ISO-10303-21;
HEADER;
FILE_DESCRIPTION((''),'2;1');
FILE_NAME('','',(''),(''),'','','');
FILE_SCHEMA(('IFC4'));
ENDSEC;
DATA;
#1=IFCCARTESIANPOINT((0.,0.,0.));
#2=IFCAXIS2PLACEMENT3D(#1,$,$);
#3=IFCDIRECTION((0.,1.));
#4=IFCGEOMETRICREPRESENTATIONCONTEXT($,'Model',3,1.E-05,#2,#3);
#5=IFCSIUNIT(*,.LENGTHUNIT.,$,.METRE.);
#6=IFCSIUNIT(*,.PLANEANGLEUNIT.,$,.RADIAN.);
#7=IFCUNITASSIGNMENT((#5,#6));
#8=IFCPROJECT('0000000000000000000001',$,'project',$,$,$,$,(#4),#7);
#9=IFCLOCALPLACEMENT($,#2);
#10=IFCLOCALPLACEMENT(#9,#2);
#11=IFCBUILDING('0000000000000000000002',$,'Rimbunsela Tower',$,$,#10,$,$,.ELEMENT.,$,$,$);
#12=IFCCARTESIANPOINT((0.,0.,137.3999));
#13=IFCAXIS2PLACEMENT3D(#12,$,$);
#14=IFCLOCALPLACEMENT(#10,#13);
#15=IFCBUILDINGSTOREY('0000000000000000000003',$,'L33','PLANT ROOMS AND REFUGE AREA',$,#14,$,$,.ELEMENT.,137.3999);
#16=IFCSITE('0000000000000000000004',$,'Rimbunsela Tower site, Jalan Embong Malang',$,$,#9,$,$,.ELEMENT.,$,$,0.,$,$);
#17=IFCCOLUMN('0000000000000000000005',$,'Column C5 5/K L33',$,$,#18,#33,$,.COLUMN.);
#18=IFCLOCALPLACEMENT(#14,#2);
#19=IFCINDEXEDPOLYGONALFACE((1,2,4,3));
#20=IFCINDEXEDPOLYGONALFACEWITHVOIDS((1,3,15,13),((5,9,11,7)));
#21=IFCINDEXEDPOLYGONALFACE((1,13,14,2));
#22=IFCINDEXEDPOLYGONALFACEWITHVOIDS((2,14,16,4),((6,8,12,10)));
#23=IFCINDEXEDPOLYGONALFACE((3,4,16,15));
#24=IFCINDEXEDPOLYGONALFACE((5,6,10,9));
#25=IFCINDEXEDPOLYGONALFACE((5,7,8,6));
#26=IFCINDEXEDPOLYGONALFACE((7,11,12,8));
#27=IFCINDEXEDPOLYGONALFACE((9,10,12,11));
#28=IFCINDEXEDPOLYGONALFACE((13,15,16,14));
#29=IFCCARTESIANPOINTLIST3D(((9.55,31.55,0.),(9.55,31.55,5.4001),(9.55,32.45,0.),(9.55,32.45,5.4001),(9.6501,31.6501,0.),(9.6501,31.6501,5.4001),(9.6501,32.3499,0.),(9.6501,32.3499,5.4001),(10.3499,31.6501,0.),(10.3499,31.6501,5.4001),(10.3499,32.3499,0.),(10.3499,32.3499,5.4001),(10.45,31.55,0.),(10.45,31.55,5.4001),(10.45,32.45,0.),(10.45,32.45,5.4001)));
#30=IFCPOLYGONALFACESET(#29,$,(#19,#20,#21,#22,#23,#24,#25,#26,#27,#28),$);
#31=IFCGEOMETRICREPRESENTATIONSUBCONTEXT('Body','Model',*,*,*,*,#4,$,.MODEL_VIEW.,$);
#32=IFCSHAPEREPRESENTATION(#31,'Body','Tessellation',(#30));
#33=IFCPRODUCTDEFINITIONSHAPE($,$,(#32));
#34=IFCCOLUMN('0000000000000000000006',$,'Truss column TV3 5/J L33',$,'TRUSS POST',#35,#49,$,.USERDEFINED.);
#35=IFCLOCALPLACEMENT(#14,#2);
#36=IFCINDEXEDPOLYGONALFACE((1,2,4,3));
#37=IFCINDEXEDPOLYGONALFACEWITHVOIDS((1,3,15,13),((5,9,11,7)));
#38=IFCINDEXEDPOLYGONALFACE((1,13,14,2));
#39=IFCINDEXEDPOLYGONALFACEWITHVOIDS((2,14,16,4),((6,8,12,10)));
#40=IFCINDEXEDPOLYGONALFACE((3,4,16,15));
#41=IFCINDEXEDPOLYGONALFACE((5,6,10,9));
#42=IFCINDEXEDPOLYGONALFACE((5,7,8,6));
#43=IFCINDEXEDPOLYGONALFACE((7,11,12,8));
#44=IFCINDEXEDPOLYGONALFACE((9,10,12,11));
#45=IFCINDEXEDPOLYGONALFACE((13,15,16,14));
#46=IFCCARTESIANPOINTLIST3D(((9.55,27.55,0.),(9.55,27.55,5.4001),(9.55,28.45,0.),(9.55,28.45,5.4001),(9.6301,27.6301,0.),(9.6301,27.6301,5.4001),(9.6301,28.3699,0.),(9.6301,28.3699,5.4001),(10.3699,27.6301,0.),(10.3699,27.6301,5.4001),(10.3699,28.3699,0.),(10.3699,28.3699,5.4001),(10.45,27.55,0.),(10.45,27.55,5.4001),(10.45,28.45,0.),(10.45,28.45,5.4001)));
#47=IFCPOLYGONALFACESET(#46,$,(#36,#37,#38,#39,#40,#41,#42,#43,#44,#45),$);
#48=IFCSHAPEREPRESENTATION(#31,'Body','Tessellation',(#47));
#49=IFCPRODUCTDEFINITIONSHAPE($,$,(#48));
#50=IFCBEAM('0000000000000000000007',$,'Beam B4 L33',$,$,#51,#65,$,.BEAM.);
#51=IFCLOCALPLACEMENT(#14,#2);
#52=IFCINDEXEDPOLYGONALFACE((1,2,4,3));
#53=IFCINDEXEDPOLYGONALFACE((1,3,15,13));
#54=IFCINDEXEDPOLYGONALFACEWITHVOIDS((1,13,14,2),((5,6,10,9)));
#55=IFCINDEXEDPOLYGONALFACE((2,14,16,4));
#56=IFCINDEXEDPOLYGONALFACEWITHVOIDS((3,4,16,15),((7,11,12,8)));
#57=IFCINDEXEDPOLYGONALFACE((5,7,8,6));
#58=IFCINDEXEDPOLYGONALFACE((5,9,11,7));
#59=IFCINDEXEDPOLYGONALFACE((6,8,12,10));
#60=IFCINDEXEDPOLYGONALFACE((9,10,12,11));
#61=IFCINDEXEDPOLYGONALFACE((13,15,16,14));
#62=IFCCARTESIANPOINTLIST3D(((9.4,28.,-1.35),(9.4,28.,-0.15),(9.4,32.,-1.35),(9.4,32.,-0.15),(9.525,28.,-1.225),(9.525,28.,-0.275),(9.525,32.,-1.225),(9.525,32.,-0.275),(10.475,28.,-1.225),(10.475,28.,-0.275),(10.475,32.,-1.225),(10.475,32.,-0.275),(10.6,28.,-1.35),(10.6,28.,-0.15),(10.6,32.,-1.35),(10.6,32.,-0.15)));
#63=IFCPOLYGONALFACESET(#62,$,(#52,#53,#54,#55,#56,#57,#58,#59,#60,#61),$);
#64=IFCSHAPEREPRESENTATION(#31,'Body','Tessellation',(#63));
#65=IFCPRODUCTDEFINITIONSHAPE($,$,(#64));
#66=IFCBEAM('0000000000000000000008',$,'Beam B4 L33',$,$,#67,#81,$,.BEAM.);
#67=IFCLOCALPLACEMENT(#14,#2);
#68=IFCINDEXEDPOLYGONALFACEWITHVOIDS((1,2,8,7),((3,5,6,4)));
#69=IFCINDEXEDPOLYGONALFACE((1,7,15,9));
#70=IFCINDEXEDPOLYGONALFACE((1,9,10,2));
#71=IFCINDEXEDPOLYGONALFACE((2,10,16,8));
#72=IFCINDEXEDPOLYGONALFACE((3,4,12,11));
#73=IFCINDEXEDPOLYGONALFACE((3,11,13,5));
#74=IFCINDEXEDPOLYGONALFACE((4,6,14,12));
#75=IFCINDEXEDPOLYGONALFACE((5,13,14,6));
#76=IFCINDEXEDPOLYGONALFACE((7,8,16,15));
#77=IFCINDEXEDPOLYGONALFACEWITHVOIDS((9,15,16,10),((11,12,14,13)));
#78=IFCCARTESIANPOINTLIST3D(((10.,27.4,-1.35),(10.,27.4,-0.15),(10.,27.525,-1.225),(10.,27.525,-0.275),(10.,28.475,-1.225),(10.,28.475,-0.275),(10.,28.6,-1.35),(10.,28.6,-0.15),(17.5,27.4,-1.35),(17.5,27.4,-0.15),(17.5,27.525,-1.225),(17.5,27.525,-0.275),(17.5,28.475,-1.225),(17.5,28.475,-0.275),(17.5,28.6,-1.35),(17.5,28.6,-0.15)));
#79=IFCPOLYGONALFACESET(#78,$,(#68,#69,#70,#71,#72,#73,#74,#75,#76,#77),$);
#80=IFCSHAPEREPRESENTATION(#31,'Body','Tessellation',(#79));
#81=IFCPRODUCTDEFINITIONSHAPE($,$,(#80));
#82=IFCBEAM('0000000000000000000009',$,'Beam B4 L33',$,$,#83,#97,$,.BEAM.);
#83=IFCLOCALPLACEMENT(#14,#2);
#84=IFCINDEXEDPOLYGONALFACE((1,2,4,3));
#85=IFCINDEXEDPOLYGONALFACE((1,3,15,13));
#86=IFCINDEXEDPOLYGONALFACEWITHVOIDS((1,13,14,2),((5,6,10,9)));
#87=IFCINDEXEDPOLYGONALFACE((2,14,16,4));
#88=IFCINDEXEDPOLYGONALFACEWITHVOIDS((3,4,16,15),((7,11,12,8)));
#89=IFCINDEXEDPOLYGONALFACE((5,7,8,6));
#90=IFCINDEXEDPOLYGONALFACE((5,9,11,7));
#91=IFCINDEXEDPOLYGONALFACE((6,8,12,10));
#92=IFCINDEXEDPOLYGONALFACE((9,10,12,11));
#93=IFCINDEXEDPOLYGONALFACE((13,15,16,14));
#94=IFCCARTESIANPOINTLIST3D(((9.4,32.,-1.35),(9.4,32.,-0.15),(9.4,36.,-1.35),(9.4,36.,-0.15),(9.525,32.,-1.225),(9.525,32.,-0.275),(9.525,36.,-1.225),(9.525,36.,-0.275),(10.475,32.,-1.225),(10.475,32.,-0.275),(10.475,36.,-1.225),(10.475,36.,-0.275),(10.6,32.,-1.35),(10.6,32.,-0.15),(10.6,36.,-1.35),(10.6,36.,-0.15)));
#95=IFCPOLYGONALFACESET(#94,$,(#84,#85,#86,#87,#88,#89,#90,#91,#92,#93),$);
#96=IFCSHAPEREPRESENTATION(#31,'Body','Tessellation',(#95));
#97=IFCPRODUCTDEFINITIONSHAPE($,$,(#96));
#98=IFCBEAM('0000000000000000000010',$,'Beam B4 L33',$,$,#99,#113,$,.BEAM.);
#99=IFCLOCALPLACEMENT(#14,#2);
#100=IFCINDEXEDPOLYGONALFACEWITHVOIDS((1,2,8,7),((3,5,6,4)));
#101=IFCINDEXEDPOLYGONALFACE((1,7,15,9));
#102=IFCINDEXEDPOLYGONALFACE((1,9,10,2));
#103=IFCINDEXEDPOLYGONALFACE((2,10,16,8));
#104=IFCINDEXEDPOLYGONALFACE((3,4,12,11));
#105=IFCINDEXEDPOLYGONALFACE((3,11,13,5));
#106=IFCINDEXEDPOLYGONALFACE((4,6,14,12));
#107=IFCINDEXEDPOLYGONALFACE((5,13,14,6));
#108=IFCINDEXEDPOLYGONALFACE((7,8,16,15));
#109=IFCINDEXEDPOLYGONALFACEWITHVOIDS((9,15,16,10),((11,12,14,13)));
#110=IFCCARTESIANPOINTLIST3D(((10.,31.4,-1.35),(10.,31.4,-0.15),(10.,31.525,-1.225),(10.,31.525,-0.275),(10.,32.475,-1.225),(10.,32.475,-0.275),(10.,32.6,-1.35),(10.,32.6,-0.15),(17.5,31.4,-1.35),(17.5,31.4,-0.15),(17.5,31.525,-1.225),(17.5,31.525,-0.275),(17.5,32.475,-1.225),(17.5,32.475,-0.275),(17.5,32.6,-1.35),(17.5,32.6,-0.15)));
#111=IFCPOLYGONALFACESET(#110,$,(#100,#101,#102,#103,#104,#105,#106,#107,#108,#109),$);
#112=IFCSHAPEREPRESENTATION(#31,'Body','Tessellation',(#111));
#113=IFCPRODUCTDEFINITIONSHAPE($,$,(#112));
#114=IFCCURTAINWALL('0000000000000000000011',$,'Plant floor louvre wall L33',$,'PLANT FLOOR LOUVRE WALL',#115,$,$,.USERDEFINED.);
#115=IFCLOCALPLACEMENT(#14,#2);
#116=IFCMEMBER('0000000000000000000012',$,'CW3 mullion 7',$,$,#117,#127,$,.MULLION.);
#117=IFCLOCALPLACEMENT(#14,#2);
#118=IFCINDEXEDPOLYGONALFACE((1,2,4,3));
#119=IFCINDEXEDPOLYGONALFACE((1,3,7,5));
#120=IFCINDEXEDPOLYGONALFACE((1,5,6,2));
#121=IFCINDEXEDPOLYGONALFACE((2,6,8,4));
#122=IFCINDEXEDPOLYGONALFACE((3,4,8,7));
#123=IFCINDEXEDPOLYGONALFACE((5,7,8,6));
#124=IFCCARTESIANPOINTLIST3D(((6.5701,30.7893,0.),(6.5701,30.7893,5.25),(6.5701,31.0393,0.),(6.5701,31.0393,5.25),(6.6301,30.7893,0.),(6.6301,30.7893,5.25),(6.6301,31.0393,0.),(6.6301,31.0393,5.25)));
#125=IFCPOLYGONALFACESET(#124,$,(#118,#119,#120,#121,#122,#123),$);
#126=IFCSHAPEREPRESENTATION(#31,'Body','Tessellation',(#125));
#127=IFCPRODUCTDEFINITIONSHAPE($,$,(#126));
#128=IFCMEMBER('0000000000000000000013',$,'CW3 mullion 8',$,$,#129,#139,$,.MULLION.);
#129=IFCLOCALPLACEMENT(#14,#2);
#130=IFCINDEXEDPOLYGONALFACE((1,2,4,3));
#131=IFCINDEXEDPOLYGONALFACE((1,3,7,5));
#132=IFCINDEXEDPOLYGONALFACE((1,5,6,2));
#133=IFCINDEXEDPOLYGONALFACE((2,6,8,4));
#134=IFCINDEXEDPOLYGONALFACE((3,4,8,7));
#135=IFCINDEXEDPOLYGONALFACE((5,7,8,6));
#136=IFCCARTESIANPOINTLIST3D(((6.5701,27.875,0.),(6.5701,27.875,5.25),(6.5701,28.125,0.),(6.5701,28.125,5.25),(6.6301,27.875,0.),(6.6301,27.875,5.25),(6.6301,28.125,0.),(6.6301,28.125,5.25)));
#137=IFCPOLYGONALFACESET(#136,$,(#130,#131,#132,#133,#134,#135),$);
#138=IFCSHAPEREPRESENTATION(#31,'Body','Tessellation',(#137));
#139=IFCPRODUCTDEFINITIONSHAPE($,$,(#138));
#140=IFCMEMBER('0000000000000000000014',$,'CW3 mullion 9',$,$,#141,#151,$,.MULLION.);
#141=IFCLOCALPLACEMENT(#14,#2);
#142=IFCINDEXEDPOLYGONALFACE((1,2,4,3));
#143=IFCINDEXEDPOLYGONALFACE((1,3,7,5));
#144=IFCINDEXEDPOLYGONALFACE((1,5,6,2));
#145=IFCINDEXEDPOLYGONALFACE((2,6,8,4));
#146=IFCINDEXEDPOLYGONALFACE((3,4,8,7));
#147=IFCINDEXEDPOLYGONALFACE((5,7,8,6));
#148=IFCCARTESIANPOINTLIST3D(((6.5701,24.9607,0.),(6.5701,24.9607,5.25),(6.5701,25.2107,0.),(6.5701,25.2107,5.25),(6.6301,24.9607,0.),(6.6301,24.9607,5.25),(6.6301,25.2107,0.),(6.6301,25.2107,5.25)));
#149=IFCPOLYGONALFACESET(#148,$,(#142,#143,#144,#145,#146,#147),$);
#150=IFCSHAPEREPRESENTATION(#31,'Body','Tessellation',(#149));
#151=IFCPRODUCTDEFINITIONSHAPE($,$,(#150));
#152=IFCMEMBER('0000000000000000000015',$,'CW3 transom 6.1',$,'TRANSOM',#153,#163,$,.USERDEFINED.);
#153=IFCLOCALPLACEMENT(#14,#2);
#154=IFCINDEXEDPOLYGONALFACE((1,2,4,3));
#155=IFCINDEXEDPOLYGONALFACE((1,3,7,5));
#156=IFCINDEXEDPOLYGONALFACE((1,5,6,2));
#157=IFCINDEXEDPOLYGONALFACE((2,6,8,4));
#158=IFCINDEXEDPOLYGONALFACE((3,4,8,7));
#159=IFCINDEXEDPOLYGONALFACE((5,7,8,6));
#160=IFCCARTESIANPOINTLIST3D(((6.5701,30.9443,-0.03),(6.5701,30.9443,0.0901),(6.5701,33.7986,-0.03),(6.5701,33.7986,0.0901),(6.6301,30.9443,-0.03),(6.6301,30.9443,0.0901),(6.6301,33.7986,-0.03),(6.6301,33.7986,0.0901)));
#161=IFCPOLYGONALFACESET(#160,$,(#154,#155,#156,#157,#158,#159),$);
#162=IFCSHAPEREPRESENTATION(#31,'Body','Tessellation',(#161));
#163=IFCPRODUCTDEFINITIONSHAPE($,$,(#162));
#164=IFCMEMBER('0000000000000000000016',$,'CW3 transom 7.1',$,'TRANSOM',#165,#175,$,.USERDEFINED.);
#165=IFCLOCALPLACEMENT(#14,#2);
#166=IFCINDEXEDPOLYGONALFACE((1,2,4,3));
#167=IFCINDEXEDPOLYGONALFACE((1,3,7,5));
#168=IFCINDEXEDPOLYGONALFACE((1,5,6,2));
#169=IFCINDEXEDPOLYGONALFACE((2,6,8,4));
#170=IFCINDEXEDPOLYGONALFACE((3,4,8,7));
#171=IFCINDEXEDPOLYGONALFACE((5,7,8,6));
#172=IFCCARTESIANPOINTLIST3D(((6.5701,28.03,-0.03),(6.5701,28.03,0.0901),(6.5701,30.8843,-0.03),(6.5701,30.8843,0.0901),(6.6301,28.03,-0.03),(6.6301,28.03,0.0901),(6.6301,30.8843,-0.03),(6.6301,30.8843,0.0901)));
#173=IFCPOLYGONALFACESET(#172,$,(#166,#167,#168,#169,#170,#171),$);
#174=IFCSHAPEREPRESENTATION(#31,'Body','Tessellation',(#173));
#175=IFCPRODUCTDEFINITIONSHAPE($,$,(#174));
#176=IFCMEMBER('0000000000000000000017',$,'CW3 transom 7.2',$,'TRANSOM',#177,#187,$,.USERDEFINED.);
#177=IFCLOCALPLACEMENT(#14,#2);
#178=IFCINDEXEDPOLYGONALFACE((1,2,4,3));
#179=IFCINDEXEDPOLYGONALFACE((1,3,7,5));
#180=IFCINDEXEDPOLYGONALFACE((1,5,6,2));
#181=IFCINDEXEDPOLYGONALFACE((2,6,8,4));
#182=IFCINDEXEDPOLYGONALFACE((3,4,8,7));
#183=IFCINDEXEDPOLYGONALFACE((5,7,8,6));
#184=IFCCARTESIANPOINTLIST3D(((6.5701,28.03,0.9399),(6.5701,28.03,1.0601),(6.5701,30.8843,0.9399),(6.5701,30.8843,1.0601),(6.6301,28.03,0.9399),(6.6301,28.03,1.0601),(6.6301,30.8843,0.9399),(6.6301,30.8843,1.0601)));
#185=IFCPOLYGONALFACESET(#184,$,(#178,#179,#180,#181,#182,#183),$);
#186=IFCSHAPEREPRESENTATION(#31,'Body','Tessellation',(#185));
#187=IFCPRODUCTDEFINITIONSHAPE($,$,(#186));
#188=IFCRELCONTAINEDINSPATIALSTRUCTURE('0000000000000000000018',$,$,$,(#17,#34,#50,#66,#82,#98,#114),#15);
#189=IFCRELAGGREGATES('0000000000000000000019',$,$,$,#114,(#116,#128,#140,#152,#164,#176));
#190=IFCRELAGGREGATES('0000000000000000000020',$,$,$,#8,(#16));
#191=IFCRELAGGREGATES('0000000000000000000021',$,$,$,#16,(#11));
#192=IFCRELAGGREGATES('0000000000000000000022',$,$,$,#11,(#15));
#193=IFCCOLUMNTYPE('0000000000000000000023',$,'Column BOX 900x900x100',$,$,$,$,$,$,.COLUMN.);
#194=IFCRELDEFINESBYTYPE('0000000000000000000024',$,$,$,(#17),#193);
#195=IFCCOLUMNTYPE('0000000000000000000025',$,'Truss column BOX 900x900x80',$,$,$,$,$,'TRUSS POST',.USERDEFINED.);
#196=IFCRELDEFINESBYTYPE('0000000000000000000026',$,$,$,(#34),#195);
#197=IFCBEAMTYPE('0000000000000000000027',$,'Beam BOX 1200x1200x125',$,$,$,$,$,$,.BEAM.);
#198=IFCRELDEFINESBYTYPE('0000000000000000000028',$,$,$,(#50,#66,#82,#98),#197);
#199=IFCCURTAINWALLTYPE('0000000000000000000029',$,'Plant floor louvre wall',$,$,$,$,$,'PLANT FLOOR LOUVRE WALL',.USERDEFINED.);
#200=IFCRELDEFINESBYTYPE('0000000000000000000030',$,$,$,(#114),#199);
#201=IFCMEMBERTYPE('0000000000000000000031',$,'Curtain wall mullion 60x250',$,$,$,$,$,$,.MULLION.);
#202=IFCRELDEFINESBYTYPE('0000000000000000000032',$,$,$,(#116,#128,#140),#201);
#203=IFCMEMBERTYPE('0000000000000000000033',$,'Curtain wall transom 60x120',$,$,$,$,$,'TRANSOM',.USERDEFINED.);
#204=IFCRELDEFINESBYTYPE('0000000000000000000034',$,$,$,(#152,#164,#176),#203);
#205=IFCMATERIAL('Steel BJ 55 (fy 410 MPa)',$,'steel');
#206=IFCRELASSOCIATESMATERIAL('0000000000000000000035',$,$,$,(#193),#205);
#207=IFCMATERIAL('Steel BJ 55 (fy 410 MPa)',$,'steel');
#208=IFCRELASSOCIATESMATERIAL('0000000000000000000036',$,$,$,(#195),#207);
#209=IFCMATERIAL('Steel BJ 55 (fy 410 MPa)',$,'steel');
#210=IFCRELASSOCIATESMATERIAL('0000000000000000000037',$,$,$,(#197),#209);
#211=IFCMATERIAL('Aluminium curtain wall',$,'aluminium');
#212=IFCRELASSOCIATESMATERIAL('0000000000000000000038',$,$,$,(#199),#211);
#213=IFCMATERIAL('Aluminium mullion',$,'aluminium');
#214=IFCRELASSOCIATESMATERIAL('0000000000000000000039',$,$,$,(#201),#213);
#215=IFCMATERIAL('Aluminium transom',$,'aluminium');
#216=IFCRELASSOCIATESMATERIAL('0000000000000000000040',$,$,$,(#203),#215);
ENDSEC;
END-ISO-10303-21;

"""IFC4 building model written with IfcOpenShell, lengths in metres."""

from ifc_helpers import new_model, si_unit, direction, frame, origin, origin_2d, place, context, subcontext, project, spatial, rectangle, hollow_rectangle, extrude, material, material_profile, profile_set, type_object, element, aggregate, save


model = new_model("IFC4")

# Units and contexts
model_context = context("Model", 3, precision=1e-05, world=origin(), true_north=direction((0.0, 1.0)))
body_context = subcontext(model_context, "Body", "Model", "MODEL_VIEW")
ifc_project = project(units=[si_unit("LENGTHUNIT", "METRE"), si_unit("PLANEANGLEUNIT", "RADIAN")], contexts=[model_context])

# Site, building, storey
site_placement = place(None, origin())
site = spatial("IfcSite", under=ifc_project, at=site_placement, Name="Rimbunsela Tower site, Jalan Embong Malang", CompositionType="ELEMENT", RefElevation=0.0)
building_placement = place(site_placement, origin())
building = spatial("IfcBuilding", under=site, at=building_placement, Name="Rimbunsela Tower", CompositionType="ELEMENT")
storey_placement = place(building_placement, frame((0.0, 0.0, 137.3999)))
storey = spatial("IfcBuildingStorey", under=building, at=storey_placement, Name="L33", Description="PLANT ROOMS AND REFUGE AREA", CompositionType="ELEMENT", Elevation=137.3999)

# Columns
ifc_material_1 = material(Name="Steel BJ 55 (fy 410 MPa)", Category="steel")
ifc_material_profile_1 = material_profile(ifc_material_1, hollow_rectangle(XDim=0.8999, YDim=0.8999, WallThickness=0.1001, at=origin_2d()), Name="BOX 900x900x100")
ifc_profile_set_1 = profile_set([ifc_material_profile_1], Name="Steel BJ 55 (fy 410 MPa)")
column_type_1 = type_object("IfcColumnType", Name="Column BOX 900x900x100", PredefinedType="COLUMN", material=ifc_profile_set_1)
column_1_placement = place(storey_placement, frame((10.0, 32.0, 0.0), z_axis=(0.0, 0.0, 1.0), x_axis=(1.0, 0.0, 0.0)))
element("IfcColumn", 1, at=column_1_placement, inside=storey, type_object=column_type_1, Name="Column C5 5/K L33", PredefinedType="COLUMN", context=body_context, shape_type="SweptSolid", body=[
    extrude(hollow_rectangle(XDim=0.8999, YDim=0.8999, WallThickness=0.1001, at=origin_2d()), origin(), (0.0, 0.0, 1.0), 5.4001),
])
ifc_material_2 = material(Name="Steel BJ 55 (fy 410 MPa)", Category="steel")
ifc_material_profile_2 = material_profile(ifc_material_2, hollow_rectangle(XDim=0.8999, YDim=0.8999, WallThickness=0.0801, at=origin_2d()), Name="BOX 900x900x80")
ifc_profile_set_2 = profile_set([ifc_material_profile_2], Name="Steel BJ 55 (fy 410 MPa)")
column_type_2 = type_object("IfcColumnType", Name="Truss column BOX 900x900x80", ElementType="TRUSS POST", PredefinedType="USERDEFINED", material=ifc_profile_set_2)
column_2_placement = place(storey_placement, frame((10.0, 28.0, 0.0), z_axis=(0.0, 0.0, 1.0), x_axis=(1.0, 0.0, 0.0)))
element("IfcColumn", 2, at=column_2_placement, inside=storey, type_object=column_type_2, Name="Truss column TV3 5/J L33", ObjectType="TRUSS POST", PredefinedType="USERDEFINED", context=body_context, shape_type="SweptSolid", body=[
    extrude(hollow_rectangle(XDim=0.8999, YDim=0.8999, WallThickness=0.0801, at=origin_2d()), origin(), (0.0, 0.0, 1.0), 5.4001),
])

# Beams
ifc_material_3 = material(Name="Steel BJ 55 (fy 410 MPa)", Category="steel")
ifc_material_profile_3 = material_profile(ifc_material_3, hollow_rectangle(XDim=1.2, YDim=1.2, WallThickness=0.125, at=origin_2d()), Name="BOX 1200x1200x125")
ifc_profile_set_3 = profile_set([ifc_material_profile_3], Name="Steel BJ 55 (fy 410 MPa)")
beam_type_1 = type_object("IfcBeamType", Name="Beam BOX 1200x1200x125", PredefinedType="BEAM", material=ifc_profile_set_3)
beam_1_placement = place(storey_placement, frame((10.0, 28.0, -0.75), z_axis=(0.0, 1.0, 0.0), x_axis=(-1.0, 0.0, 0.0)))
element("IfcBeam", 3, at=beam_1_placement, inside=storey, type_object=beam_type_1, Name="Beam B4 L33", PredefinedType="BEAM", context=body_context, shape_type="SweptSolid", body=[
    extrude(hollow_rectangle(XDim=1.2, YDim=1.2, WallThickness=0.125, at=origin_2d()), origin(), (0.0, 0.0, 1.0), 4.0),
])
beam_2_placement = place(storey_placement, frame((10.0, 28.0, -0.75), z_axis=(1.0, 0.0, 0.0), x_axis=(0.0, 1.0, 0.0)))
element("IfcBeam", 4, at=beam_2_placement, inside=storey, type_object=beam_type_1, Name="Beam B4 L33", PredefinedType="BEAM", context=body_context, shape_type="SweptSolid", body=[
    extrude(hollow_rectangle(XDim=1.2, YDim=1.2, WallThickness=0.125, at=origin_2d()), origin(), (0.0, 0.0, 1.0), 7.5),
])
beam_3_placement = place(storey_placement, frame((10.0, 32.0, -0.75), z_axis=(0.0, 1.0, 0.0), x_axis=(-1.0, 0.0, 0.0)))
element("IfcBeam", 5, at=beam_3_placement, inside=storey, type_object=beam_type_1, Name="Beam B4 L33", PredefinedType="BEAM", context=body_context, shape_type="SweptSolid", body=[
    extrude(hollow_rectangle(XDim=1.2, YDim=1.2, WallThickness=0.125, at=origin_2d()), origin(), (0.0, 0.0, 1.0), 4.0),
])
beam_4_placement = place(storey_placement, frame((10.0, 32.0, -0.75), z_axis=(1.0, 0.0, 0.0), x_axis=(0.0, 1.0, 0.0)))
element("IfcBeam", 6, at=beam_4_placement, inside=storey, type_object=beam_type_1, Name="Beam B4 L33", PredefinedType="BEAM", context=body_context, shape_type="SweptSolid", body=[
    extrude(hollow_rectangle(XDim=1.2, YDim=1.2, WallThickness=0.125, at=origin_2d()), origin(), (0.0, 0.0, 1.0), 7.5),
])

# Curtain wall, members
ifc_material_4 = material(Name="Aluminium curtain wall", Category="aluminium")
curtain_wall_type = type_object("IfcCurtainWallType", Name="Plant floor louvre wall", ElementType="PLANT FLOOR LOUVRE WALL", PredefinedType="USERDEFINED", material=ifc_material_4)
curtain_wall_placement = place(storey_placement, origin())
curtain_wall = element("IfcCurtainWall", 7, at=curtain_wall_placement, inside=storey, type_object=curtain_wall_type, Name="Plant floor louvre wall L33", ObjectType="PLANT FLOOR LOUVRE WALL", PredefinedType="USERDEFINED")
ifc_material_5 = material(Name="Aluminium mullion", Category="aluminium")
ifc_material_profile_4 = material_profile(ifc_material_5, rectangle(XDim=0.0601, YDim=0.25, at=origin_2d()), Name="Mullion 60x250")
ifc_profile_set_4 = profile_set([ifc_material_profile_4], Name="Aluminium mullion")
member_type_1 = type_object("IfcMemberType", Name="Curtain wall mullion 60x250", PredefinedType="MULLION", material=ifc_profile_set_4)
member_1_placement = place(storey_placement, frame((6.6001, 30.9143, 0.0), z_axis=(0.0, 0.0, 1.0), x_axis=(1.0, 0.0, 0.0)))
member_1 = element("IfcMember", 8, at=member_1_placement, type_object=member_type_1, Name="CW3 mullion 7", PredefinedType="MULLION", context=body_context, shape_type="SweptSolid", body=[
    extrude(rectangle(XDim=0.0601, YDim=0.25, at=origin_2d()), origin(), (0.0, 0.0, 1.0), 5.25),
])
member_2_placement = place(storey_placement, frame((6.6001, 28.0, 0.0), z_axis=(0.0, 0.0, 1.0), x_axis=(1.0, 0.0, 0.0)))
member_2 = element("IfcMember", 9, at=member_2_placement, type_object=member_type_1, Name="CW3 mullion 8", PredefinedType="MULLION", context=body_context, shape_type="SweptSolid", body=[
    extrude(rectangle(XDim=0.0601, YDim=0.25, at=origin_2d()), origin(), (0.0, 0.0, 1.0), 5.25),
])
member_3_placement = place(storey_placement, frame((6.6001, 25.0857, 0.0), z_axis=(0.0, 0.0, 1.0), x_axis=(1.0, 0.0, 0.0)))
member_3 = element("IfcMember", 10, at=member_3_placement, type_object=member_type_1, Name="CW3 mullion 9", PredefinedType="MULLION", context=body_context, shape_type="SweptSolid", body=[
    extrude(rectangle(XDim=0.0601, YDim=0.25, at=origin_2d()), origin(), (0.0, 0.0, 1.0), 5.25),
])
ifc_material_6 = material(Name="Aluminium transom", Category="aluminium")
ifc_material_profile_5 = material_profile(ifc_material_6, rectangle(XDim=0.0601, YDim=0.1201, at=origin_2d()), Name="Transom 60x120")
ifc_profile_set_5 = profile_set([ifc_material_profile_5], Name="Aluminium transom")
member_type_2 = type_object("IfcMemberType", Name="Curtain wall transom 60x120", ElementType="TRANSOM", PredefinedType="USERDEFINED", material=ifc_profile_set_5)
member_4_placement = place(storey_placement, frame((6.6001, 33.7986, 0.03), z_axis=(0.0, -1.0, 0.0), x_axis=(1.0, 0.0, 0.0)))
member_4 = element("IfcMember", 11, at=member_4_placement, type_object=member_type_2, Name="CW3 transom 6.1", ObjectType="TRANSOM", PredefinedType="USERDEFINED", context=body_context, shape_type="SweptSolid", body=[
    extrude(rectangle(XDim=0.0601, YDim=0.1201, at=origin_2d()), origin(), (0.0, 0.0, 1.0), 2.8542),
])
member_5_placement = place(storey_placement, frame((6.6001, 30.8843, 0.03), z_axis=(0.0, -1.0, 0.0), x_axis=(1.0, 0.0, 0.0)))
member_5 = element("IfcMember", 12, at=member_5_placement, type_object=member_type_2, Name="CW3 transom 7.1", ObjectType="TRANSOM", PredefinedType="USERDEFINED", context=body_context, shape_type="SweptSolid", body=[
    extrude(rectangle(XDim=0.0601, YDim=0.1201, at=origin_2d()), origin(), (0.0, 0.0, 1.0), 2.8542),
])
member_6_placement = place(storey_placement, frame((6.6001, 30.8843, 1.0), z_axis=(0.0, -1.0, 0.0), x_axis=(1.0, 0.0, 0.0)))
member_6 = element("IfcMember", 13, at=member_6_placement, type_object=member_type_2, Name="CW3 transom 7.2", ObjectType="TRANSOM", PredefinedType="USERDEFINED", context=body_context, shape_type="SweptSolid", body=[
    extrude(rectangle(XDim=0.0601, YDim=0.1201, at=origin_2d()), origin(), (0.0, 0.0, 1.0), 2.8542),
])

aggregate(curtain_wall, [member_1, member_2, member_3, member_4, member_5, member_6])

save(model, "model.ifc")
